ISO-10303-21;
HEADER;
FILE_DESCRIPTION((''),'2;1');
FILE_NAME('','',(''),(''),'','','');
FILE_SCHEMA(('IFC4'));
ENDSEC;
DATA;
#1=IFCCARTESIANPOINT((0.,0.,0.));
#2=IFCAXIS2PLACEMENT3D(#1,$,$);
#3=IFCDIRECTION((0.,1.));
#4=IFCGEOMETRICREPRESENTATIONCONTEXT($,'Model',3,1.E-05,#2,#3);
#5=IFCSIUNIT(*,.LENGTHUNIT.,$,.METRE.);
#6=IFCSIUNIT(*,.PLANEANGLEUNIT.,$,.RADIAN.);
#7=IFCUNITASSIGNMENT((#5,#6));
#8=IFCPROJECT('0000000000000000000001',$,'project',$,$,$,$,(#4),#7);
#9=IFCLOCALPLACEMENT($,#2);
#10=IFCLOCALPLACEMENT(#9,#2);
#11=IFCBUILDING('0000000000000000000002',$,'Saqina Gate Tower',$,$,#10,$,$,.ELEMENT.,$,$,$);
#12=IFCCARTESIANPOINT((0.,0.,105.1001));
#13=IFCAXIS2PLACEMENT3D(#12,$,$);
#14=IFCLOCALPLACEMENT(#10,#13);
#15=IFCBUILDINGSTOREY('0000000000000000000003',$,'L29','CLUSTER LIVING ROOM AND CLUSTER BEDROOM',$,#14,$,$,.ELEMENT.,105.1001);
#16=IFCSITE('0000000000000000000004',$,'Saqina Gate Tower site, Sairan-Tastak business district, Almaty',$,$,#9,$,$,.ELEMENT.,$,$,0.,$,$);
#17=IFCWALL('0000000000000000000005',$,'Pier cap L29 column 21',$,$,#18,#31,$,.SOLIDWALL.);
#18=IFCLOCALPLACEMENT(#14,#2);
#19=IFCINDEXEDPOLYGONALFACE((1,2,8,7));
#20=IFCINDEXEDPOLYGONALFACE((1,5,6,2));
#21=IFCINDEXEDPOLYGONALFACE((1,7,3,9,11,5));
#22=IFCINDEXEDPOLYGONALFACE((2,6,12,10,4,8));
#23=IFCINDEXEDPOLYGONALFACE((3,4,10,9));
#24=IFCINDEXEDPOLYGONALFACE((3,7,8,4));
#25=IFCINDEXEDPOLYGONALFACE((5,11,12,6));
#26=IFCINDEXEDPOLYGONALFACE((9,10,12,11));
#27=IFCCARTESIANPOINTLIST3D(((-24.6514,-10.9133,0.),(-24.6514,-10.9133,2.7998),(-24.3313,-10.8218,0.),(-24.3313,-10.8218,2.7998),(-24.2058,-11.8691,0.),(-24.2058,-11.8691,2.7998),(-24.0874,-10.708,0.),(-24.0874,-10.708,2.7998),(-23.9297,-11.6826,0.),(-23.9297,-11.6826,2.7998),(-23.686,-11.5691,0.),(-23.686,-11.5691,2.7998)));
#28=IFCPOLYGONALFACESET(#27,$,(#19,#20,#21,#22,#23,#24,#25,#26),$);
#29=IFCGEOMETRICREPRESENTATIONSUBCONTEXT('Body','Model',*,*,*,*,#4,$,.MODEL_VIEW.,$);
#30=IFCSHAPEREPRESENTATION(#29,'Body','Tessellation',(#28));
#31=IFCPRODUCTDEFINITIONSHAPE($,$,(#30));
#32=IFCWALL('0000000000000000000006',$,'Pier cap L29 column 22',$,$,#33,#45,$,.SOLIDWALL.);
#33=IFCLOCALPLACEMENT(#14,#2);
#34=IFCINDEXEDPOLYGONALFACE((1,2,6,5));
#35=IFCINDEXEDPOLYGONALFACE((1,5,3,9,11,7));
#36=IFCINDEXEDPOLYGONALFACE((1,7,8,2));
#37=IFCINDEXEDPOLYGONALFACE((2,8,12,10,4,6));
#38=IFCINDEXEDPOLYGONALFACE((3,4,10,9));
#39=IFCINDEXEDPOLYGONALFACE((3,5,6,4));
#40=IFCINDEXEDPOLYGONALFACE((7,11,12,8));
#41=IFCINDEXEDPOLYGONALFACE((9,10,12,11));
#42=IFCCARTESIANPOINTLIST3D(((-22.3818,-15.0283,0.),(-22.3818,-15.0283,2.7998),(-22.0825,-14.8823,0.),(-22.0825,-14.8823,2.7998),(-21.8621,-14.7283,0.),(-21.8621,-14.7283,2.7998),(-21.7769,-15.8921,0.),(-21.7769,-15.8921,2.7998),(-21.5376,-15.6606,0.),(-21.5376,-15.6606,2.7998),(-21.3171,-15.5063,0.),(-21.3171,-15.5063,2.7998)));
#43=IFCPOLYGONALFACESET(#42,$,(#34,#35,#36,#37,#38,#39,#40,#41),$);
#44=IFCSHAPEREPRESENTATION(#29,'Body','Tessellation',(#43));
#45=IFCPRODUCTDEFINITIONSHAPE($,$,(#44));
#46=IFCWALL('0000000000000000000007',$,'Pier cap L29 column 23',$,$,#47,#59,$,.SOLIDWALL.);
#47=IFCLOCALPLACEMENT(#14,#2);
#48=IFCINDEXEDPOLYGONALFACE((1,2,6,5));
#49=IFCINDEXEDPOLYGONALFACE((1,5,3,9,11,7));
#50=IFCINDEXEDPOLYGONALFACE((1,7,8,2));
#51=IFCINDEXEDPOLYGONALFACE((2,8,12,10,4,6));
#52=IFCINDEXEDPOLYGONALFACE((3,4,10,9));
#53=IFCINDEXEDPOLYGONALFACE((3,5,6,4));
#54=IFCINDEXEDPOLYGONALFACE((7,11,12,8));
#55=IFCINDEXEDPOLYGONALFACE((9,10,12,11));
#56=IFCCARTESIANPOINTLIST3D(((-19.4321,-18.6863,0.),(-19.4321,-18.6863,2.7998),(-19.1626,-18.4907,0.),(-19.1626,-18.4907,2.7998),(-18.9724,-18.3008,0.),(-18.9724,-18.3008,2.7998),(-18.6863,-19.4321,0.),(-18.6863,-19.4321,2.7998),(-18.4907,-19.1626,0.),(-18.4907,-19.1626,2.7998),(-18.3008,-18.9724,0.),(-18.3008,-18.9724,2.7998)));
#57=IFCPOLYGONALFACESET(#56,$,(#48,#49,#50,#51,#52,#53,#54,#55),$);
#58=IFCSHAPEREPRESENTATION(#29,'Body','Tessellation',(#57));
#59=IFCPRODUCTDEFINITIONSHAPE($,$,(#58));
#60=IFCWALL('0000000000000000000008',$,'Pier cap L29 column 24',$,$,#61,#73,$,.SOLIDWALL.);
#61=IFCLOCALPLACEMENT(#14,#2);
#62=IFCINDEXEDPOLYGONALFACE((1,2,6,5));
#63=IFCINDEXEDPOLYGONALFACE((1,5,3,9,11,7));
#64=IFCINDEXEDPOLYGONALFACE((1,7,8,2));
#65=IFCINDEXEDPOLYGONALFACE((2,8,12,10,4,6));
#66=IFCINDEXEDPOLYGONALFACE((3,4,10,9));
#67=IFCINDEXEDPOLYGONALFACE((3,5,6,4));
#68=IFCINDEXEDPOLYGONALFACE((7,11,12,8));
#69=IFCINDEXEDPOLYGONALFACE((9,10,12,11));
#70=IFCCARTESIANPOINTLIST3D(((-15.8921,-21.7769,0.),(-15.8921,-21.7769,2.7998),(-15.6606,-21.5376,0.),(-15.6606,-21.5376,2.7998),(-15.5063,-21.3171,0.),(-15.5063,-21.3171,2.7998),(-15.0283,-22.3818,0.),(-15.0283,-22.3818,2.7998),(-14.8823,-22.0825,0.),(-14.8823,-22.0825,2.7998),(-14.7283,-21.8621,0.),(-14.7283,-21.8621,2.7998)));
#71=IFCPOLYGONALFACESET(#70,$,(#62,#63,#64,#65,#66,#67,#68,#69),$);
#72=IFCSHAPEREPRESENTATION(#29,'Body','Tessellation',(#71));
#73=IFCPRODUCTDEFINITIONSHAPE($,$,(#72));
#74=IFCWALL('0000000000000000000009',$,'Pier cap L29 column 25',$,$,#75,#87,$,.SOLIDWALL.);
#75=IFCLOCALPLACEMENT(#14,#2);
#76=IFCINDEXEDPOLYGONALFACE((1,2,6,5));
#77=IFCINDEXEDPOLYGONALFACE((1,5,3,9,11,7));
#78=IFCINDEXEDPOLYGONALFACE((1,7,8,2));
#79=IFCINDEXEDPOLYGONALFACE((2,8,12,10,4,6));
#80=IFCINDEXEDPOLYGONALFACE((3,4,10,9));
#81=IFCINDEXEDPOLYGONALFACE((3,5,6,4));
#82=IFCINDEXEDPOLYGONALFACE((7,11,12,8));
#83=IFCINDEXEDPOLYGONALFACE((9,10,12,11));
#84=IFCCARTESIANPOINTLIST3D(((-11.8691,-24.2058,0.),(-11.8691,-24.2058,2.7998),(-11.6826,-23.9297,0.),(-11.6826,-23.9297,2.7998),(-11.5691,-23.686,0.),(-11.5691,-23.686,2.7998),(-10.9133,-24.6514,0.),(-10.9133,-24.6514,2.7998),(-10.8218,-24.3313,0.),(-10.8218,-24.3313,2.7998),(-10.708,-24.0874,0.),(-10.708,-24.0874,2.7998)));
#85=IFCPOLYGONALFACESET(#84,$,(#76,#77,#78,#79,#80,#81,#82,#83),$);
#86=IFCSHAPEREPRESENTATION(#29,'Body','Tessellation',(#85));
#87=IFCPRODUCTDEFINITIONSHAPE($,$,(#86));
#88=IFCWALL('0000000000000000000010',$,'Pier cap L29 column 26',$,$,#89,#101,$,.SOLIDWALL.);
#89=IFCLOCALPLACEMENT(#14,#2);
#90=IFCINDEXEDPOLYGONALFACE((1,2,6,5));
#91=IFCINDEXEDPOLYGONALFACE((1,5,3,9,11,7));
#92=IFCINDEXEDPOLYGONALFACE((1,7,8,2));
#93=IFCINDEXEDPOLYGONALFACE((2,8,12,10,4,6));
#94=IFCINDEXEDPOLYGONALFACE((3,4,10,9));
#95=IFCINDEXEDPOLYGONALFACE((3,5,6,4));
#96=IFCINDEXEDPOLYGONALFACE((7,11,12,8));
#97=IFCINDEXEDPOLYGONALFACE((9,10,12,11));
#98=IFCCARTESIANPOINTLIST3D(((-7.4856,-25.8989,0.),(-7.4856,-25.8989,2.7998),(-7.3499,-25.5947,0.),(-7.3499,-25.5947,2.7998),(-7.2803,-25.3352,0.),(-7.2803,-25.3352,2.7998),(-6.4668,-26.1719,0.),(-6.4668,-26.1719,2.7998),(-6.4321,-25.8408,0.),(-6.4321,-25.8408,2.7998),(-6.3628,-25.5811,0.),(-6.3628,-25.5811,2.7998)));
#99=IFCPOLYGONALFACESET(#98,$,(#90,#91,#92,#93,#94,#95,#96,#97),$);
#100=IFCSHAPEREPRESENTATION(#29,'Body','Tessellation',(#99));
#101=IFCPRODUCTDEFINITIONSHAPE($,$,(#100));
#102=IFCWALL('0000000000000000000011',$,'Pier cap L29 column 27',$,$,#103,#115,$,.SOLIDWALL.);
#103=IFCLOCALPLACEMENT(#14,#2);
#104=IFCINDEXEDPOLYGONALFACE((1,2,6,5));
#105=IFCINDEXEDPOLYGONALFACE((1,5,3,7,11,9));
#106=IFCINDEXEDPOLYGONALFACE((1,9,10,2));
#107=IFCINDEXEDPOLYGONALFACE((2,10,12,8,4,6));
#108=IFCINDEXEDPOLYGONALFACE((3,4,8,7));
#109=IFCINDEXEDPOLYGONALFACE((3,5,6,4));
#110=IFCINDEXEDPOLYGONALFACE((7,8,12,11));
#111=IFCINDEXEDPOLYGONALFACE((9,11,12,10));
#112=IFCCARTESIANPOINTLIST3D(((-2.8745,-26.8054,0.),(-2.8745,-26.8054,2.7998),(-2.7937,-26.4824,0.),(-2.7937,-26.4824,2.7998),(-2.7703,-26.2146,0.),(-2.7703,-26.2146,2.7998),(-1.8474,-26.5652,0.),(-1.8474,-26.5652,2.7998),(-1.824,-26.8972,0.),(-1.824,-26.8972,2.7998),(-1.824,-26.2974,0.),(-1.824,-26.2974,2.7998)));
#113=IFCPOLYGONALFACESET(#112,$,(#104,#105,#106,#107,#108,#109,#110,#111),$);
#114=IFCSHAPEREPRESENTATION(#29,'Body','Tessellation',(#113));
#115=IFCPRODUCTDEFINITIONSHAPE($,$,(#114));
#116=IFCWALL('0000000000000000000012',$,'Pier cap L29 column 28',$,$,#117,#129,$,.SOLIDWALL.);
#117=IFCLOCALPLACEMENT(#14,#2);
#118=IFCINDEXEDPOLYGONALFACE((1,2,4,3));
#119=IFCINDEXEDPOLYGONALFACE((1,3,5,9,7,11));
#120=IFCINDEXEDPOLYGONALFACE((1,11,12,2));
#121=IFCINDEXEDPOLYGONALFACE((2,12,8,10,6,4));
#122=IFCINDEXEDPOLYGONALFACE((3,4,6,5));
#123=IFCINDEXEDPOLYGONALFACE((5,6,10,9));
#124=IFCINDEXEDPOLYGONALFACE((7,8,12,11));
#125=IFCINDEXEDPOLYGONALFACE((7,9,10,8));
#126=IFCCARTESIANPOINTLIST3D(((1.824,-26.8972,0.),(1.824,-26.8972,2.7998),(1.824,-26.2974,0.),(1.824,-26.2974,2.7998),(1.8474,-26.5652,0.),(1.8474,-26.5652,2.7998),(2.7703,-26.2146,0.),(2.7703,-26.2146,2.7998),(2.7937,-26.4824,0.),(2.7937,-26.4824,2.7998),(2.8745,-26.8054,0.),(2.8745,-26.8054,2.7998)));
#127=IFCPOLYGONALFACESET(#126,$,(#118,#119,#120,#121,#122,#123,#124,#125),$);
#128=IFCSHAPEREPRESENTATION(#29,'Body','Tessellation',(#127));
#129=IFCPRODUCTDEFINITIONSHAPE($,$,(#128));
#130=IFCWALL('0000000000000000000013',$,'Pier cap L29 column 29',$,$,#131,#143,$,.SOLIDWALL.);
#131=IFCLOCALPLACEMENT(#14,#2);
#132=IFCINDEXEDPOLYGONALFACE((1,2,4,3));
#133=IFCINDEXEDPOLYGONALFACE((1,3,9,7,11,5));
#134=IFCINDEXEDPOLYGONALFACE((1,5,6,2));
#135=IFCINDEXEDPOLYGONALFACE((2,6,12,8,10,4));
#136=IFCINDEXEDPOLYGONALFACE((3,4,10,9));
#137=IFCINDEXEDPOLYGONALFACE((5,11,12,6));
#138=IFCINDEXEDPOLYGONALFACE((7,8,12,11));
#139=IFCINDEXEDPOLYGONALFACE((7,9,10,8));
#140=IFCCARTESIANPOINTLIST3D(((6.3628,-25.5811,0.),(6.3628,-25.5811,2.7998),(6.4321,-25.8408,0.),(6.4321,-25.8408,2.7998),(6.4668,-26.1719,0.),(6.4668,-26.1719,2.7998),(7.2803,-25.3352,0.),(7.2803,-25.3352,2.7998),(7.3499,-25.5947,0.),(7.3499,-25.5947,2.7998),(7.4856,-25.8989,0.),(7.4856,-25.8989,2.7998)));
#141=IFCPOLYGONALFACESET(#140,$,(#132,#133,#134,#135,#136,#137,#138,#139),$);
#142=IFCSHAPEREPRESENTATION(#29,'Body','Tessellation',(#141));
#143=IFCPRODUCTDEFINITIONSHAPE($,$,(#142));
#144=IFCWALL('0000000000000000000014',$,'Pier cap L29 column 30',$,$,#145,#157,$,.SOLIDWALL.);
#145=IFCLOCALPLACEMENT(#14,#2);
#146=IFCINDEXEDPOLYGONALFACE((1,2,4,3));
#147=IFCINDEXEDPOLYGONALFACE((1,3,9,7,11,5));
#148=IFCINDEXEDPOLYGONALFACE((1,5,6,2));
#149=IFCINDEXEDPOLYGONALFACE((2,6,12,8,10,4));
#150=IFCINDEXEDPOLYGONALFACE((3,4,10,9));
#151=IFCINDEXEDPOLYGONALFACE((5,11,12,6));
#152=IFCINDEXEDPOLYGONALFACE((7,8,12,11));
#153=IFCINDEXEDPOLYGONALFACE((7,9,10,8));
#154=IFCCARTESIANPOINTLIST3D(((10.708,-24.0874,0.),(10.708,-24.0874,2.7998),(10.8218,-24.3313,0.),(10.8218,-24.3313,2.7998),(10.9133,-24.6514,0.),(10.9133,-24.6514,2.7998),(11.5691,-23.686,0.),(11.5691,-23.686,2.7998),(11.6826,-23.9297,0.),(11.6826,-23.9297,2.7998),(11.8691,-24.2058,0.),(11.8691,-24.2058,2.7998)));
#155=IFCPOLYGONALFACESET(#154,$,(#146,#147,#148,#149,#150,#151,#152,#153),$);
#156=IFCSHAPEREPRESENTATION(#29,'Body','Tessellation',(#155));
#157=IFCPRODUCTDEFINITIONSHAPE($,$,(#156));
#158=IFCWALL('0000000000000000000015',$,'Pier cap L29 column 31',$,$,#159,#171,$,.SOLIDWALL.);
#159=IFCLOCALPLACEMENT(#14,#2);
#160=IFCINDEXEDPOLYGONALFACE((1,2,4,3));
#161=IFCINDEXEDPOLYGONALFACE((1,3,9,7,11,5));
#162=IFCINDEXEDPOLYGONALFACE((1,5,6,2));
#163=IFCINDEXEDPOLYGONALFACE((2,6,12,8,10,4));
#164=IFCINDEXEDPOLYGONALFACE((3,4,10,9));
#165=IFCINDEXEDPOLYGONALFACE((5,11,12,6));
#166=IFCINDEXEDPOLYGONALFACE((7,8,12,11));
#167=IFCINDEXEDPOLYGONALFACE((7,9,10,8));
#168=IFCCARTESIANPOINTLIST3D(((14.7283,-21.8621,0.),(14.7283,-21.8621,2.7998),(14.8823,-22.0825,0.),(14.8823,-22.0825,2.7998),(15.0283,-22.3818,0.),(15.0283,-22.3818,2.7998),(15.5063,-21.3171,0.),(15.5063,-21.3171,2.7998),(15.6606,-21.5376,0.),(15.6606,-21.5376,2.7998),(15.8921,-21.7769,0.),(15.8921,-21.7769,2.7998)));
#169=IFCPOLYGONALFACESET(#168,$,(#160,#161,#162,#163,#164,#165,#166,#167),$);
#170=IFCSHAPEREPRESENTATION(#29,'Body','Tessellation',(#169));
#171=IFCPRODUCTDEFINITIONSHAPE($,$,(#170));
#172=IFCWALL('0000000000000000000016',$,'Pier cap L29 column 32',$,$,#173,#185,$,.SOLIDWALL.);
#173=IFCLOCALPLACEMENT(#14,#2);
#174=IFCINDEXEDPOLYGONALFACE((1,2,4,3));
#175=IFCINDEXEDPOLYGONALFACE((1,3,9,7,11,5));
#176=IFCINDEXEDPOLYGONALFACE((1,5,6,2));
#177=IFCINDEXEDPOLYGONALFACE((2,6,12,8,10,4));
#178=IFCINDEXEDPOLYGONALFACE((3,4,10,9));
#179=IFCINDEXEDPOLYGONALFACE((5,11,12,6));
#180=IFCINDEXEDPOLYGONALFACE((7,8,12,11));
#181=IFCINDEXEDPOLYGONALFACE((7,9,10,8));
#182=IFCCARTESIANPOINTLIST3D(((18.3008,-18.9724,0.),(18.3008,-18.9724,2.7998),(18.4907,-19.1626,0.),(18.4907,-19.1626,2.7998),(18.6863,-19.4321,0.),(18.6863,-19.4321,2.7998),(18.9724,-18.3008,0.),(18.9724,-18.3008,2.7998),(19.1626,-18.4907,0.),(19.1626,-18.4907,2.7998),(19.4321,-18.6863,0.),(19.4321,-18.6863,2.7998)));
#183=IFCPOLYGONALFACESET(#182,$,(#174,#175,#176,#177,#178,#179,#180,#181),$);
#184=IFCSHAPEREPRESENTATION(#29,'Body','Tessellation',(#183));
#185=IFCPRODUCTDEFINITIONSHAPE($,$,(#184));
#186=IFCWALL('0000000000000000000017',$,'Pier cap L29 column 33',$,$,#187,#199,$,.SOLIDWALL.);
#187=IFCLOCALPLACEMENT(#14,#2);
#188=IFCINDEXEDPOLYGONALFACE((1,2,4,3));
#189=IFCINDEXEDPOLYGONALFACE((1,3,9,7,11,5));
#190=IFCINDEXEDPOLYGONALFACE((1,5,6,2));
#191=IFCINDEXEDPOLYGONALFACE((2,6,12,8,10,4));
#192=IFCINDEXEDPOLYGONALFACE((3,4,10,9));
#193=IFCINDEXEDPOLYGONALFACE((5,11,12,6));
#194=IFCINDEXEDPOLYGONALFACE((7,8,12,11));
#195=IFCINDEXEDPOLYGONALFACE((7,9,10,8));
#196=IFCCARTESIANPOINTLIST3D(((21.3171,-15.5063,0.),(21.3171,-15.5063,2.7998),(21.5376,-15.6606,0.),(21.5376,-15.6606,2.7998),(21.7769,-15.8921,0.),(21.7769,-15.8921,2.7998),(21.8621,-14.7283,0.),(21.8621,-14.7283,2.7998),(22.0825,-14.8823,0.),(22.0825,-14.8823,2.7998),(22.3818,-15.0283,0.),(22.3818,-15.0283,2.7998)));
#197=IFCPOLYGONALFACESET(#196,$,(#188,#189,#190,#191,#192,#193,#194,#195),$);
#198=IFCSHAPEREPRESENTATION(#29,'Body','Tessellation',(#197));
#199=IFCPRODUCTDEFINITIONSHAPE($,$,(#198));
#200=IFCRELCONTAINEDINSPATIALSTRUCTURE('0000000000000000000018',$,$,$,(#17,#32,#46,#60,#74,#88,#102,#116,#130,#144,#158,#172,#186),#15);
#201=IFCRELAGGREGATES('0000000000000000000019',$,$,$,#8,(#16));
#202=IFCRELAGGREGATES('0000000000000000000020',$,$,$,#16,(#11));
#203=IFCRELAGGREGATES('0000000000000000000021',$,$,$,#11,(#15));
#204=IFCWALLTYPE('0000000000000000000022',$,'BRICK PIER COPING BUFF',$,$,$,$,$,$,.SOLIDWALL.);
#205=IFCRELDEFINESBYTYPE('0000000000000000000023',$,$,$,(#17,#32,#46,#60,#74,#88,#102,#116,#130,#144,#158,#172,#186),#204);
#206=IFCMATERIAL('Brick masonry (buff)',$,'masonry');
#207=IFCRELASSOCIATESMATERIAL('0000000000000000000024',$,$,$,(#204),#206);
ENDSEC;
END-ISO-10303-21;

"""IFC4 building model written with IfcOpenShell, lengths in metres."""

from ifc_helpers import new_model, si_unit, direction, frame, origin, place, context, subcontext, project, spatial, polyline, outline, extrude, material, type_object, element, save


model = new_model("IFC4")

# Units and contexts
model_context = context("Model", 3, precision=1e-05, world=origin(), true_north=direction((0.0, 1.0)))
body_context = subcontext(model_context, "Body", "Model", "MODEL_VIEW")
ifc_project = project(units=[si_unit("LENGTHUNIT", "METRE"), si_unit("PLANEANGLEUNIT", "RADIAN")], contexts=[model_context])

# Site, building, storey
site_placement = place(None, origin())
site = spatial("IfcSite", under=ifc_project, at=site_placement, Name="Saqina Gate Tower site, Sairan-Tastak business district, Almaty", CompositionType="ELEMENT", RefElevation=0.0)
building_placement = place(site_placement, origin())
building = spatial("IfcBuilding", under=site, at=building_placement, Name="Saqina Gate Tower", CompositionType="ELEMENT")
storey_placement = place(building_placement, frame((0.0, 0.0, 105.1001)))
storey = spatial("IfcBuildingStorey", under=building, at=storey_placement, Name="L29", Description="CLUSTER LIVING ROOM AND CLUSTER BEDROOM", CompositionType="ELEMENT", Elevation=105.1001)

# Walls
ifc_material_1 = material(Name="Brick masonry (buff)", Category="masonry")
wall_type_1 = type_object("IfcWallType", Name="BRICK PIER COPING BUFF", PredefinedType="SOLIDWALL", material=ifc_material_1)
wall_1_placement = place(storey_placement, origin())
element("IfcWall", 1, at=wall_1_placement, inside=storey, type_object=wall_type_1, Name="Pier cap L29 column 21", PredefinedType="SOLIDWALL", context=body_context, shape_type="SweptSolid", body=[
    extrude(outline(polyline([(-24.6514, -10.9133), (-24.2058, -11.8691), (-23.686, -11.5691), (-23.9297, -11.6826), (-24.3313, -10.8218), (-24.0874, -10.708), (-24.6514, -10.9133)])), origin(), (0.0, 0.0, 1.0), 2.7998),
])
wall_2_placement = place(storey_placement, origin())
element("IfcWall", 2, at=wall_2_placement, inside=storey, type_object=wall_type_1, Name="Pier cap L29 column 22", PredefinedType="SOLIDWALL", context=body_context, shape_type="SweptSolid", body=[
    extrude(outline(polyline([(-21.7769, -15.8921), (-21.3171, -15.5063), (-21.5376, -15.6606), (-22.0825, -14.8823), (-21.8621, -14.7283), (-22.3818, -15.0283), (-21.7769, -15.8921)])), origin(), (0.0, 0.0, 1.0), 2.7998),
])
wall_3_placement = place(storey_placement, origin())
element("IfcWall", 3, at=wall_3_placement, inside=storey, type_object=wall_type_1, Name="Pier cap L29 column 23", PredefinedType="SOLIDWALL", context=body_context, shape_type="SweptSolid", body=[
    extrude(outline(polyline([(-19.4321, -18.6863), (-18.6863, -19.4321), (-18.3008, -18.9724), (-18.4907, -19.1626), (-19.1626, -18.4907), (-18.9724, -18.3008), (-19.4321, -18.6863)])), origin(), (0.0, 0.0, 1.0), 2.7998),
])
wall_4_placement = place(storey_placement, origin())
element("IfcWall", 4, at=wall_4_placement, inside=storey, type_object=wall_type_1, Name="Pier cap L29 column 24", PredefinedType="SOLIDWALL", context=body_context, shape_type="SweptSolid", body=[
    extrude(outline(polyline([(-15.0283, -22.3818), (-14.7283, -21.8621), (-14.8823, -22.0825), (-15.6606, -21.5376), (-15.5063, -21.3171), (-15.8921, -21.7769), (-15.0283, -22.3818)])), origin(), (0.0, 0.0, 1.0), 2.7998),
])
wall_5_placement = place(storey_placement, origin())
element("IfcWall", 5, at=wall_5_placement, inside=storey, type_object=wall_type_1, Name="Pier cap L29 column 25", PredefinedType="SOLIDWALL", context=body_context, shape_type="SweptSolid", body=[
    extrude(outline(polyline([(-10.9133, -24.6514), (-10.708, -24.0874), (-10.8218, -24.3313), (-11.6826, -23.9297), (-11.5691, -23.686), (-11.8691, -24.2058), (-10.9133, -24.6514)])), origin(), (0.0, 0.0, 1.0), 2.7998),
])
wall_6_placement = place(storey_placement, origin())
element("IfcWall", 6, at=wall_6_placement, inside=storey, type_object=wall_type_1, Name="Pier cap L29 column 26", PredefinedType="SOLIDWALL", context=body_context, shape_type="SweptSolid", body=[
    extrude(outline(polyline([(-7.4856, -25.8989), (-6.4668, -26.1719), (-6.3628, -25.5811), (-6.4321, -25.8408), (-7.3499, -25.5947), (-7.2803, -25.3352), (-7.4856, -25.8989)])), origin(), (0.0, 0.0, 1.0), 2.7998),
])
wall_7_placement = place(storey_placement, origin())
element("IfcWall", 7, at=wall_7_placement, inside=storey, type_object=wall_type_1, Name="Pier cap L29 column 27", PredefinedType="SOLIDWALL", context=body_context, shape_type="SweptSolid", body=[
    extrude(outline(polyline([(-2.8745, -26.8054), (-1.824, -26.8972), (-1.824, -26.2974), (-1.8474, -26.5652), (-2.7937, -26.4824), (-2.7703, -26.2146), (-2.8745, -26.8054)])), origin(), (0.0, 0.0, 1.0), 2.7998),
])
wall_8_placement = place(storey_placement, origin())
element("IfcWall", 8, at=wall_8_placement, inside=storey, type_object=wall_type_1, Name="Pier cap L29 column 28", PredefinedType="SOLIDWALL", context=body_context, shape_type="SweptSolid", body=[
    extrude(outline(polyline([(2.8745, -26.8054), (2.7703, -26.2146), (2.7937, -26.4824), (1.8474, -26.5652), (1.824, -26.2974), (1.824, -26.8972), (2.8745, -26.8054)])), origin(), (0.0, 0.0, 1.0), 2.7998),
])
wall_9_placement = place(storey_placement, origin())
element("IfcWall", 9, at=wall_9_placement, inside=storey, type_object=wall_type_1, Name="Pier cap L29 column 29", PredefinedType="SOLIDWALL", context=body_context, shape_type="SweptSolid", body=[
    extrude(outline(polyline([(6.4668, -26.1719), (7.4856, -25.8989), (7.2803, -25.3352), (7.3499, -25.5947), (6.4321, -25.8408), (6.3628, -25.5811), (6.4668, -26.1719)])), origin(), (0.0, 0.0, 1.0), 2.7998),
])
wall_10_placement = place(storey_placement, origin())
element("IfcWall", 10, at=wall_10_placement, inside=storey, type_object=wall_type_1, Name="Pier cap L29 column 30", PredefinedType="SOLIDWALL", context=body_context, shape_type="SweptSolid", body=[
    extrude(outline(polyline([(10.9133, -24.6514), (11.8691, -24.2058), (11.5691, -23.686), (11.6826, -23.9297), (10.8218, -24.3313), (10.708, -24.0874), (10.9133, -24.6514)])), origin(), (0.0, 0.0, 1.0), 2.7998),
])
wall_11_placement = place(storey_placement, origin())
element("IfcWall", 11, at=wall_11_placement, inside=storey, type_object=wall_type_1, Name="Pier cap L29 column 31", PredefinedType="SOLIDWALL", context=body_context, shape_type="SweptSolid", body=[
    extrude(outline(polyline([(15.8921, -21.7769), (15.5063, -21.3171), (15.6606, -21.5376), (14.8823, -22.0825), (14.7283, -21.8621), (15.0283, -22.3818), (15.8921, -21.7769)])), origin(), (0.0, 0.0, 1.0), 2.7998),
])
wall_12_placement = place(storey_placement, origin())
element("IfcWall", 12, at=wall_12_placement, inside=storey, type_object=wall_type_1, Name="Pier cap L29 column 32", PredefinedType="SOLIDWALL", context=body_context, shape_type="SweptSolid", body=[
    extrude(outline(polyline([(18.6863, -19.4321), (19.4321, -18.6863), (18.9724, -18.3008), (19.1626, -18.4907), (18.4907, -19.1626), (18.3008, -18.9724), (18.6863, -19.4321)])), origin(), (0.0, 0.0, 1.0), 2.7998),
])
wall_13_placement = place(storey_placement, origin())
element("IfcWall", 13, at=wall_13_placement, inside=storey, type_object=wall_type_1, Name="Pier cap L29 column 33", PredefinedType="SOLIDWALL", context=body_context, shape_type="SweptSolid", body=[
    extrude(outline(polyline([(22.3818, -15.0283), (21.8621, -14.7283), (22.0825, -14.8823), (21.5376, -15.6606), (21.3171, -15.5063), (21.7769, -15.8921), (22.3818, -15.0283)])), origin(), (0.0, 0.0, 1.0), 2.7998),
])

save(model, "model.ifc")
